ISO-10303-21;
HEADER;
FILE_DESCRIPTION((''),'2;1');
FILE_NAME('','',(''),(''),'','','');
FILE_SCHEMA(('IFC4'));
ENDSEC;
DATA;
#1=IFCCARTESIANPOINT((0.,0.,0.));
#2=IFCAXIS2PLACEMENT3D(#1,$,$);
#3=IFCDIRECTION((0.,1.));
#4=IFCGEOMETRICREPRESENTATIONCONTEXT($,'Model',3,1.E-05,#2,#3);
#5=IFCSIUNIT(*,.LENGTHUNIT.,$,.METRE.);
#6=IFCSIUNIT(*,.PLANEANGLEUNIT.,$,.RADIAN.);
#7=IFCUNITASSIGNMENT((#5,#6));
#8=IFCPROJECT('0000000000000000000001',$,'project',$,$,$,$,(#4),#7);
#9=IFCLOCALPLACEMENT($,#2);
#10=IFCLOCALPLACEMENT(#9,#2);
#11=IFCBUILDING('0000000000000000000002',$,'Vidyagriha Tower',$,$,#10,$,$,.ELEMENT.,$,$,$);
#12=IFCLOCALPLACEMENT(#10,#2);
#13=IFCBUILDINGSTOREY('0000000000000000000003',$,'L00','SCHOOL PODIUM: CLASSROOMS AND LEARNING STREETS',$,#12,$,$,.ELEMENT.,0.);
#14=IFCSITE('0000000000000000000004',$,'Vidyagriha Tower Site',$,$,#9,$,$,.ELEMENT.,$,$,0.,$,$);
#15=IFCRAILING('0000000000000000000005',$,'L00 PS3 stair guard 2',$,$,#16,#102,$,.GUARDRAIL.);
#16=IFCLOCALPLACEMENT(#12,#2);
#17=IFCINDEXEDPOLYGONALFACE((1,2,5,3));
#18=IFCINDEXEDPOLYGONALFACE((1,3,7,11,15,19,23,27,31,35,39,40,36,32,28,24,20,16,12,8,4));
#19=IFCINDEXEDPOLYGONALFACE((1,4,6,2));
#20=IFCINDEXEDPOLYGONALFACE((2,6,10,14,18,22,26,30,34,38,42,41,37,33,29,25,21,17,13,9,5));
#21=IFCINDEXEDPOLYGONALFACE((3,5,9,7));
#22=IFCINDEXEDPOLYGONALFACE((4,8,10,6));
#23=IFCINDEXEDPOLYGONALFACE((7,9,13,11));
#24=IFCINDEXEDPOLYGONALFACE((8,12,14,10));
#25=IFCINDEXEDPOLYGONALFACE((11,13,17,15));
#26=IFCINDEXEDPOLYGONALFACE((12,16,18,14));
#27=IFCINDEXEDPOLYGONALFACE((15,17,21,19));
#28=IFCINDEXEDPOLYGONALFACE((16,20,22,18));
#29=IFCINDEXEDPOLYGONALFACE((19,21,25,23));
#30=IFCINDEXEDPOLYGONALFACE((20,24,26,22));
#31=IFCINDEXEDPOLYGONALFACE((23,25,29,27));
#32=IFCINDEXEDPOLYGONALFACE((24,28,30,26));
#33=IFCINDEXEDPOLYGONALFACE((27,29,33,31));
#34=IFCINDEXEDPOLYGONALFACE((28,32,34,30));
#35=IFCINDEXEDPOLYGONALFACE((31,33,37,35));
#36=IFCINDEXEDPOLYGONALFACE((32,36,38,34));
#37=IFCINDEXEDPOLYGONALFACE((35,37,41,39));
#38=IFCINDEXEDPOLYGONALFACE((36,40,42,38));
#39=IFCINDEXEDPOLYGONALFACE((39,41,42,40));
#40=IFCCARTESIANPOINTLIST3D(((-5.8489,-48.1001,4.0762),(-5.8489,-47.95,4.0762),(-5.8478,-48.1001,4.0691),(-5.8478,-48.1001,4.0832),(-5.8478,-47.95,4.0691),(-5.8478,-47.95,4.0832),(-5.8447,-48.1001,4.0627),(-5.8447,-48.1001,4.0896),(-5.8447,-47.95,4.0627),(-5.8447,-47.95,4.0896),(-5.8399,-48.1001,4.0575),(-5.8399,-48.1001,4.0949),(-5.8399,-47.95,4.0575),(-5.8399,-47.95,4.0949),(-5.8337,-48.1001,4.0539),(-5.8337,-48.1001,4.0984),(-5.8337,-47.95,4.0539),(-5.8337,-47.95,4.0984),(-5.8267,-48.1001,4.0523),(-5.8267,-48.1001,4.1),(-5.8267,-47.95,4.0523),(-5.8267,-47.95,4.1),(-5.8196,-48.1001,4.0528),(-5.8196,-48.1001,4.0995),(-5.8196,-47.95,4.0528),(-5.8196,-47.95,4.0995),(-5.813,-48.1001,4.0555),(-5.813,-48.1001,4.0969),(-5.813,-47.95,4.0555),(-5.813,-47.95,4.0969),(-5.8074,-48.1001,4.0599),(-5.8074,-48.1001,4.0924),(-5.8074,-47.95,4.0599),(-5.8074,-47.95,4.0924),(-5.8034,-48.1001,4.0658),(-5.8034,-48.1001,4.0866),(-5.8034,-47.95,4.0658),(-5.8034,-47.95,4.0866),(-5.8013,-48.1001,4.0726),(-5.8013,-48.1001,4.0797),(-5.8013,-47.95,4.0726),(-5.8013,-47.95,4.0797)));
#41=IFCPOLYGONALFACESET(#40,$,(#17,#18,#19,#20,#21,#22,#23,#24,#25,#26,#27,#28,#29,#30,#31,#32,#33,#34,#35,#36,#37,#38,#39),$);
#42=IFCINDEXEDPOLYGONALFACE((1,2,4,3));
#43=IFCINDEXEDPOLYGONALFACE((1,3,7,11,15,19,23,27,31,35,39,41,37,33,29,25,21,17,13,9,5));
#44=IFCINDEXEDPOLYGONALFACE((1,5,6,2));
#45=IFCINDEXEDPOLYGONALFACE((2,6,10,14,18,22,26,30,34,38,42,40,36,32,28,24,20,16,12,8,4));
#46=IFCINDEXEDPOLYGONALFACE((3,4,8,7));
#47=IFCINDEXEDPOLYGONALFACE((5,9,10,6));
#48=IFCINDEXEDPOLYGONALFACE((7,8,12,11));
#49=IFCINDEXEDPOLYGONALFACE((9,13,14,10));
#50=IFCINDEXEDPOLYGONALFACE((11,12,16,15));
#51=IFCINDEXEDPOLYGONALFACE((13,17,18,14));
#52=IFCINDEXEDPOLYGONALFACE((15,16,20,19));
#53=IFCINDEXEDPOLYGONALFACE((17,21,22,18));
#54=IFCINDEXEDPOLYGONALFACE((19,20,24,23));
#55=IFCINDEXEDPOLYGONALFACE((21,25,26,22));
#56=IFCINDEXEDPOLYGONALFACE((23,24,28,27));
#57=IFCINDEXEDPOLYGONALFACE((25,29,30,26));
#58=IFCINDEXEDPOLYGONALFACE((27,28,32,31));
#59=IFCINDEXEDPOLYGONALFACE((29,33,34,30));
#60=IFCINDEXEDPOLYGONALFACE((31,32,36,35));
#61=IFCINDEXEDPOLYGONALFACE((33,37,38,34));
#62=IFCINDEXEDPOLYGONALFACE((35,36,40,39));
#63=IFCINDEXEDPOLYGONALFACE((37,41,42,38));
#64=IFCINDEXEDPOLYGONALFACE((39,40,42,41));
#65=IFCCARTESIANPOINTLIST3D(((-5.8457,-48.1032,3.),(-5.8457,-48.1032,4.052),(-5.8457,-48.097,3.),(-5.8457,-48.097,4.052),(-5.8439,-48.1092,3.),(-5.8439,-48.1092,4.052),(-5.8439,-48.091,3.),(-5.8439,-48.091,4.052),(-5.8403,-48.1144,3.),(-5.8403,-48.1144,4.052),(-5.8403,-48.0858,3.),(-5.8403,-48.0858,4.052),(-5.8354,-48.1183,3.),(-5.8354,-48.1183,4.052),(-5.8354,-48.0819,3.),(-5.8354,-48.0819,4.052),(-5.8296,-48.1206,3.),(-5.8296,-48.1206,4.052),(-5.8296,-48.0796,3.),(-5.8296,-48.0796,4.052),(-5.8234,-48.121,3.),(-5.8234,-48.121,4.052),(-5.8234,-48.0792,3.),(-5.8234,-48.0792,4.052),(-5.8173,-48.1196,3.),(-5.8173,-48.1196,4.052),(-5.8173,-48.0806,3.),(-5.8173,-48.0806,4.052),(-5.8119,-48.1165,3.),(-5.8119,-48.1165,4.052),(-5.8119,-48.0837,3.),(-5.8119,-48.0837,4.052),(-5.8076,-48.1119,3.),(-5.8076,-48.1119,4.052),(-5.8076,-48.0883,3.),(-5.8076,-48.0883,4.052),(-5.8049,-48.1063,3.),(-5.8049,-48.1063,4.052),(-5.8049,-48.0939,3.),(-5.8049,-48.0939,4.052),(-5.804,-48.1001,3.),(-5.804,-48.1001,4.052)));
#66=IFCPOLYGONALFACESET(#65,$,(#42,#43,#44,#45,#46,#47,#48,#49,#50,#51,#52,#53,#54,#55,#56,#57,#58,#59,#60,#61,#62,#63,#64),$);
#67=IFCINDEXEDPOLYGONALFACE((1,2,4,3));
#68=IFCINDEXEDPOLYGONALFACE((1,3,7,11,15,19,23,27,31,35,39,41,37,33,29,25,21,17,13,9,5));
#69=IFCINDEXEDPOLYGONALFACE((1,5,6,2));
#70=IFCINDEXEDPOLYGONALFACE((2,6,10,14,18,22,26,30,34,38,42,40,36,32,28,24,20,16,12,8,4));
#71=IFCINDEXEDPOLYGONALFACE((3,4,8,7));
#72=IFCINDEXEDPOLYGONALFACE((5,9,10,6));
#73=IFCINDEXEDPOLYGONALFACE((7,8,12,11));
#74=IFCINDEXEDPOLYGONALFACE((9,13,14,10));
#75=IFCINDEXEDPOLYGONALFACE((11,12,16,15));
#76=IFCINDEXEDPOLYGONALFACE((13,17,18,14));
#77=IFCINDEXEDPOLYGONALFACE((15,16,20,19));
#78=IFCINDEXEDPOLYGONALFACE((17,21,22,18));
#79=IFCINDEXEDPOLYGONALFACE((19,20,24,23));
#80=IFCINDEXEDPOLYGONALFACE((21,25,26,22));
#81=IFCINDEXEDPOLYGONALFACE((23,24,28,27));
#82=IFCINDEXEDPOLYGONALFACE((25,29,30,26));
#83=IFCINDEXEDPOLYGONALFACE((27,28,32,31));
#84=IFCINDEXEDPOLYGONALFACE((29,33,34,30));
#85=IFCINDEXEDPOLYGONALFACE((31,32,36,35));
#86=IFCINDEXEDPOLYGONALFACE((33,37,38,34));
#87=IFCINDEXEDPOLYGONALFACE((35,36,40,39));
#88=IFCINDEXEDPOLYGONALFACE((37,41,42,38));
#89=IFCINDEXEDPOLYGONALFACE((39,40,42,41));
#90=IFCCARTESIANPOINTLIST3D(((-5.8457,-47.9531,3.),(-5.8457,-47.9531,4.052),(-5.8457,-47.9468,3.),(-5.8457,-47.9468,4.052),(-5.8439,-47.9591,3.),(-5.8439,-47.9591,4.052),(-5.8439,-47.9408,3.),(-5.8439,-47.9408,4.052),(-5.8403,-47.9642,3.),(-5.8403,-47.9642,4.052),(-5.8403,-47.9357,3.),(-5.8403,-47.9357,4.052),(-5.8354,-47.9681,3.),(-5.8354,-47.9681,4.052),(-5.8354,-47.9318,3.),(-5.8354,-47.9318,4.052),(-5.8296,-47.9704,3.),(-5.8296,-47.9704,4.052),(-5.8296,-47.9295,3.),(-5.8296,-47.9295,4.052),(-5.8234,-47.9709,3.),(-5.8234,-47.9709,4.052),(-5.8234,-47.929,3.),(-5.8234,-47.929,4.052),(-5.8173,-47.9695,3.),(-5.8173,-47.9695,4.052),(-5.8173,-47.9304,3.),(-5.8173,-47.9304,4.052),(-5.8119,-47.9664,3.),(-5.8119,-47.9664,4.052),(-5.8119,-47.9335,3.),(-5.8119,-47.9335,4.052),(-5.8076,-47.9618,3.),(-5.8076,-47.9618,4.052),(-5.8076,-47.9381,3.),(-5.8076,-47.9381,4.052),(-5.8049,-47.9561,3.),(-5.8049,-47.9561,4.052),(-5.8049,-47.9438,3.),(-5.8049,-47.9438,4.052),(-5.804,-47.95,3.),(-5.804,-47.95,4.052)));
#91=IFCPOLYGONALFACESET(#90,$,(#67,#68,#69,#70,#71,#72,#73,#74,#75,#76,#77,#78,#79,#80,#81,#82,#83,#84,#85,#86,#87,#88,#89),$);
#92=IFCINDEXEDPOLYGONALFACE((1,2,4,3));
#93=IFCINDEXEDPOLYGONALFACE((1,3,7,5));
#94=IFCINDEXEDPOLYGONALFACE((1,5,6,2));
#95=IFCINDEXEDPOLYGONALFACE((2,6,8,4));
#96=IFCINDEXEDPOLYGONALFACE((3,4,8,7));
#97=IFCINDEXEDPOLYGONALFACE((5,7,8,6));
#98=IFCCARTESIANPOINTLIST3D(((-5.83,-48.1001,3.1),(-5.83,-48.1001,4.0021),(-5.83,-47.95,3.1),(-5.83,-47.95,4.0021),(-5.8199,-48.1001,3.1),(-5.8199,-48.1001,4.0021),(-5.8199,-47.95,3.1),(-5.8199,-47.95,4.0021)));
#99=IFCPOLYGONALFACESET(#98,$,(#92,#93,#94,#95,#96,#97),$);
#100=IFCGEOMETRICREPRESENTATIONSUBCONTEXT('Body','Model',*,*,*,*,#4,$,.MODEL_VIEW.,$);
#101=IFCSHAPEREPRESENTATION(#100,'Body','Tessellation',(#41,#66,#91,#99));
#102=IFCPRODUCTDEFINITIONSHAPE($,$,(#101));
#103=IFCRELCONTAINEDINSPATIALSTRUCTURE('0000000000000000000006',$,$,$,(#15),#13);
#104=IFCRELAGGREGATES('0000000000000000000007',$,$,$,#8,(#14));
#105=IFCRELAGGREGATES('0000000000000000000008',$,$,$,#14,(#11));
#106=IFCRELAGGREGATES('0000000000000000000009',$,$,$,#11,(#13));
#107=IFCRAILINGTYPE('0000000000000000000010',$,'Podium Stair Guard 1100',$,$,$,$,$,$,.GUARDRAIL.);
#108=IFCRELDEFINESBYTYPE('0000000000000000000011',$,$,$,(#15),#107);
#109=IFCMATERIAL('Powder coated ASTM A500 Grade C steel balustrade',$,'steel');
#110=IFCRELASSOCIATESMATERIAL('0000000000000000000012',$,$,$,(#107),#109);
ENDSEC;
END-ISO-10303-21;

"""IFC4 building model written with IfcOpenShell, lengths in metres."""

from ifc_helpers import new_model, si_unit, direction, frame, origin, origin_2d, place, context, subcontext, project, spatial, rectangle, circle, extrude, material, type_object, element, save


model = new_model("IFC4")

# Units and contexts
model_context = context("Model", 3, precision=1e-05, world=origin(), true_north=direction((0.0, 1.0)))
body_context = subcontext(model_context, "Body", "Model", "MODEL_VIEW")
ifc_project = project(units=[si_unit("LENGTHUNIT", "METRE"), si_unit("PLANEANGLEUNIT", "RADIAN")], contexts=[model_context])

# Site, building, storey
site_placement = place(None, origin())
site = spatial("IfcSite", under=ifc_project, at=site_placement, Name="Vidyagriha Tower Site", CompositionType="ELEMENT", RefElevation=0.0)
building_placement = place(site_placement, origin())
building = spatial("IfcBuilding", under=site, at=building_placement, Name="Vidyagriha Tower", CompositionType="ELEMENT")
storey_placement = place(building_placement, origin())
storey = spatial("IfcBuildingStorey", under=building, at=storey_placement, Name="L00", Description="SCHOOL PODIUM: CLASSROOMS AND LEARNING STREETS", CompositionType="ELEMENT", Elevation=0.0)

# Railing
ifc_material_1 = material(Name="Powder coated ASTM A500 Grade C steel balustrade", Category="steel")
railing_type_1 = type_object("IfcRailingType", Name="Podium Stair Guard 1100", PredefinedType="GUARDRAIL", material=ifc_material_1)
railing_1_placement = place(storey_placement, frame((-5.825, -48.1001, 3.0)))
element("IfcRailing", 1, at=railing_1_placement, inside=storey, type_object=railing_type_1, Name="L00 PS3 stair guard 2", PredefinedType="GUARDRAIL", context=body_context, shape_type="SweptSolid", body=[
    extrude(circle(Radius=0.0239, at=origin_2d()), frame((0.0, 0.0, 1.0762), z_axis=(0.0, 1.0, 0.0), x_axis=(-1.0, 0.0, 0.0)), (0.0, 0.0, 1.0), 0.1501),
    extrude(circle(Radius=0.021, at=origin_2d()), origin(), (0.0, 0.0, 1.0), 1.052),
    extrude(circle(Radius=0.021, at=origin_2d()), frame((0.0, 0.1501, 0.0)), (0.0, 0.0, 1.0), 1.052),
    extrude(rectangle(XDim=0.01, YDim=0.9021, at=origin_2d()), frame((0.0, 0.0, 0.551), z_axis=(0.0, 1.0, 0.0), x_axis=(-1.0, 0.0, 0.0)), (0.0, 0.0, 1.0), 0.1501),
])

save(model, "model.ifc")
